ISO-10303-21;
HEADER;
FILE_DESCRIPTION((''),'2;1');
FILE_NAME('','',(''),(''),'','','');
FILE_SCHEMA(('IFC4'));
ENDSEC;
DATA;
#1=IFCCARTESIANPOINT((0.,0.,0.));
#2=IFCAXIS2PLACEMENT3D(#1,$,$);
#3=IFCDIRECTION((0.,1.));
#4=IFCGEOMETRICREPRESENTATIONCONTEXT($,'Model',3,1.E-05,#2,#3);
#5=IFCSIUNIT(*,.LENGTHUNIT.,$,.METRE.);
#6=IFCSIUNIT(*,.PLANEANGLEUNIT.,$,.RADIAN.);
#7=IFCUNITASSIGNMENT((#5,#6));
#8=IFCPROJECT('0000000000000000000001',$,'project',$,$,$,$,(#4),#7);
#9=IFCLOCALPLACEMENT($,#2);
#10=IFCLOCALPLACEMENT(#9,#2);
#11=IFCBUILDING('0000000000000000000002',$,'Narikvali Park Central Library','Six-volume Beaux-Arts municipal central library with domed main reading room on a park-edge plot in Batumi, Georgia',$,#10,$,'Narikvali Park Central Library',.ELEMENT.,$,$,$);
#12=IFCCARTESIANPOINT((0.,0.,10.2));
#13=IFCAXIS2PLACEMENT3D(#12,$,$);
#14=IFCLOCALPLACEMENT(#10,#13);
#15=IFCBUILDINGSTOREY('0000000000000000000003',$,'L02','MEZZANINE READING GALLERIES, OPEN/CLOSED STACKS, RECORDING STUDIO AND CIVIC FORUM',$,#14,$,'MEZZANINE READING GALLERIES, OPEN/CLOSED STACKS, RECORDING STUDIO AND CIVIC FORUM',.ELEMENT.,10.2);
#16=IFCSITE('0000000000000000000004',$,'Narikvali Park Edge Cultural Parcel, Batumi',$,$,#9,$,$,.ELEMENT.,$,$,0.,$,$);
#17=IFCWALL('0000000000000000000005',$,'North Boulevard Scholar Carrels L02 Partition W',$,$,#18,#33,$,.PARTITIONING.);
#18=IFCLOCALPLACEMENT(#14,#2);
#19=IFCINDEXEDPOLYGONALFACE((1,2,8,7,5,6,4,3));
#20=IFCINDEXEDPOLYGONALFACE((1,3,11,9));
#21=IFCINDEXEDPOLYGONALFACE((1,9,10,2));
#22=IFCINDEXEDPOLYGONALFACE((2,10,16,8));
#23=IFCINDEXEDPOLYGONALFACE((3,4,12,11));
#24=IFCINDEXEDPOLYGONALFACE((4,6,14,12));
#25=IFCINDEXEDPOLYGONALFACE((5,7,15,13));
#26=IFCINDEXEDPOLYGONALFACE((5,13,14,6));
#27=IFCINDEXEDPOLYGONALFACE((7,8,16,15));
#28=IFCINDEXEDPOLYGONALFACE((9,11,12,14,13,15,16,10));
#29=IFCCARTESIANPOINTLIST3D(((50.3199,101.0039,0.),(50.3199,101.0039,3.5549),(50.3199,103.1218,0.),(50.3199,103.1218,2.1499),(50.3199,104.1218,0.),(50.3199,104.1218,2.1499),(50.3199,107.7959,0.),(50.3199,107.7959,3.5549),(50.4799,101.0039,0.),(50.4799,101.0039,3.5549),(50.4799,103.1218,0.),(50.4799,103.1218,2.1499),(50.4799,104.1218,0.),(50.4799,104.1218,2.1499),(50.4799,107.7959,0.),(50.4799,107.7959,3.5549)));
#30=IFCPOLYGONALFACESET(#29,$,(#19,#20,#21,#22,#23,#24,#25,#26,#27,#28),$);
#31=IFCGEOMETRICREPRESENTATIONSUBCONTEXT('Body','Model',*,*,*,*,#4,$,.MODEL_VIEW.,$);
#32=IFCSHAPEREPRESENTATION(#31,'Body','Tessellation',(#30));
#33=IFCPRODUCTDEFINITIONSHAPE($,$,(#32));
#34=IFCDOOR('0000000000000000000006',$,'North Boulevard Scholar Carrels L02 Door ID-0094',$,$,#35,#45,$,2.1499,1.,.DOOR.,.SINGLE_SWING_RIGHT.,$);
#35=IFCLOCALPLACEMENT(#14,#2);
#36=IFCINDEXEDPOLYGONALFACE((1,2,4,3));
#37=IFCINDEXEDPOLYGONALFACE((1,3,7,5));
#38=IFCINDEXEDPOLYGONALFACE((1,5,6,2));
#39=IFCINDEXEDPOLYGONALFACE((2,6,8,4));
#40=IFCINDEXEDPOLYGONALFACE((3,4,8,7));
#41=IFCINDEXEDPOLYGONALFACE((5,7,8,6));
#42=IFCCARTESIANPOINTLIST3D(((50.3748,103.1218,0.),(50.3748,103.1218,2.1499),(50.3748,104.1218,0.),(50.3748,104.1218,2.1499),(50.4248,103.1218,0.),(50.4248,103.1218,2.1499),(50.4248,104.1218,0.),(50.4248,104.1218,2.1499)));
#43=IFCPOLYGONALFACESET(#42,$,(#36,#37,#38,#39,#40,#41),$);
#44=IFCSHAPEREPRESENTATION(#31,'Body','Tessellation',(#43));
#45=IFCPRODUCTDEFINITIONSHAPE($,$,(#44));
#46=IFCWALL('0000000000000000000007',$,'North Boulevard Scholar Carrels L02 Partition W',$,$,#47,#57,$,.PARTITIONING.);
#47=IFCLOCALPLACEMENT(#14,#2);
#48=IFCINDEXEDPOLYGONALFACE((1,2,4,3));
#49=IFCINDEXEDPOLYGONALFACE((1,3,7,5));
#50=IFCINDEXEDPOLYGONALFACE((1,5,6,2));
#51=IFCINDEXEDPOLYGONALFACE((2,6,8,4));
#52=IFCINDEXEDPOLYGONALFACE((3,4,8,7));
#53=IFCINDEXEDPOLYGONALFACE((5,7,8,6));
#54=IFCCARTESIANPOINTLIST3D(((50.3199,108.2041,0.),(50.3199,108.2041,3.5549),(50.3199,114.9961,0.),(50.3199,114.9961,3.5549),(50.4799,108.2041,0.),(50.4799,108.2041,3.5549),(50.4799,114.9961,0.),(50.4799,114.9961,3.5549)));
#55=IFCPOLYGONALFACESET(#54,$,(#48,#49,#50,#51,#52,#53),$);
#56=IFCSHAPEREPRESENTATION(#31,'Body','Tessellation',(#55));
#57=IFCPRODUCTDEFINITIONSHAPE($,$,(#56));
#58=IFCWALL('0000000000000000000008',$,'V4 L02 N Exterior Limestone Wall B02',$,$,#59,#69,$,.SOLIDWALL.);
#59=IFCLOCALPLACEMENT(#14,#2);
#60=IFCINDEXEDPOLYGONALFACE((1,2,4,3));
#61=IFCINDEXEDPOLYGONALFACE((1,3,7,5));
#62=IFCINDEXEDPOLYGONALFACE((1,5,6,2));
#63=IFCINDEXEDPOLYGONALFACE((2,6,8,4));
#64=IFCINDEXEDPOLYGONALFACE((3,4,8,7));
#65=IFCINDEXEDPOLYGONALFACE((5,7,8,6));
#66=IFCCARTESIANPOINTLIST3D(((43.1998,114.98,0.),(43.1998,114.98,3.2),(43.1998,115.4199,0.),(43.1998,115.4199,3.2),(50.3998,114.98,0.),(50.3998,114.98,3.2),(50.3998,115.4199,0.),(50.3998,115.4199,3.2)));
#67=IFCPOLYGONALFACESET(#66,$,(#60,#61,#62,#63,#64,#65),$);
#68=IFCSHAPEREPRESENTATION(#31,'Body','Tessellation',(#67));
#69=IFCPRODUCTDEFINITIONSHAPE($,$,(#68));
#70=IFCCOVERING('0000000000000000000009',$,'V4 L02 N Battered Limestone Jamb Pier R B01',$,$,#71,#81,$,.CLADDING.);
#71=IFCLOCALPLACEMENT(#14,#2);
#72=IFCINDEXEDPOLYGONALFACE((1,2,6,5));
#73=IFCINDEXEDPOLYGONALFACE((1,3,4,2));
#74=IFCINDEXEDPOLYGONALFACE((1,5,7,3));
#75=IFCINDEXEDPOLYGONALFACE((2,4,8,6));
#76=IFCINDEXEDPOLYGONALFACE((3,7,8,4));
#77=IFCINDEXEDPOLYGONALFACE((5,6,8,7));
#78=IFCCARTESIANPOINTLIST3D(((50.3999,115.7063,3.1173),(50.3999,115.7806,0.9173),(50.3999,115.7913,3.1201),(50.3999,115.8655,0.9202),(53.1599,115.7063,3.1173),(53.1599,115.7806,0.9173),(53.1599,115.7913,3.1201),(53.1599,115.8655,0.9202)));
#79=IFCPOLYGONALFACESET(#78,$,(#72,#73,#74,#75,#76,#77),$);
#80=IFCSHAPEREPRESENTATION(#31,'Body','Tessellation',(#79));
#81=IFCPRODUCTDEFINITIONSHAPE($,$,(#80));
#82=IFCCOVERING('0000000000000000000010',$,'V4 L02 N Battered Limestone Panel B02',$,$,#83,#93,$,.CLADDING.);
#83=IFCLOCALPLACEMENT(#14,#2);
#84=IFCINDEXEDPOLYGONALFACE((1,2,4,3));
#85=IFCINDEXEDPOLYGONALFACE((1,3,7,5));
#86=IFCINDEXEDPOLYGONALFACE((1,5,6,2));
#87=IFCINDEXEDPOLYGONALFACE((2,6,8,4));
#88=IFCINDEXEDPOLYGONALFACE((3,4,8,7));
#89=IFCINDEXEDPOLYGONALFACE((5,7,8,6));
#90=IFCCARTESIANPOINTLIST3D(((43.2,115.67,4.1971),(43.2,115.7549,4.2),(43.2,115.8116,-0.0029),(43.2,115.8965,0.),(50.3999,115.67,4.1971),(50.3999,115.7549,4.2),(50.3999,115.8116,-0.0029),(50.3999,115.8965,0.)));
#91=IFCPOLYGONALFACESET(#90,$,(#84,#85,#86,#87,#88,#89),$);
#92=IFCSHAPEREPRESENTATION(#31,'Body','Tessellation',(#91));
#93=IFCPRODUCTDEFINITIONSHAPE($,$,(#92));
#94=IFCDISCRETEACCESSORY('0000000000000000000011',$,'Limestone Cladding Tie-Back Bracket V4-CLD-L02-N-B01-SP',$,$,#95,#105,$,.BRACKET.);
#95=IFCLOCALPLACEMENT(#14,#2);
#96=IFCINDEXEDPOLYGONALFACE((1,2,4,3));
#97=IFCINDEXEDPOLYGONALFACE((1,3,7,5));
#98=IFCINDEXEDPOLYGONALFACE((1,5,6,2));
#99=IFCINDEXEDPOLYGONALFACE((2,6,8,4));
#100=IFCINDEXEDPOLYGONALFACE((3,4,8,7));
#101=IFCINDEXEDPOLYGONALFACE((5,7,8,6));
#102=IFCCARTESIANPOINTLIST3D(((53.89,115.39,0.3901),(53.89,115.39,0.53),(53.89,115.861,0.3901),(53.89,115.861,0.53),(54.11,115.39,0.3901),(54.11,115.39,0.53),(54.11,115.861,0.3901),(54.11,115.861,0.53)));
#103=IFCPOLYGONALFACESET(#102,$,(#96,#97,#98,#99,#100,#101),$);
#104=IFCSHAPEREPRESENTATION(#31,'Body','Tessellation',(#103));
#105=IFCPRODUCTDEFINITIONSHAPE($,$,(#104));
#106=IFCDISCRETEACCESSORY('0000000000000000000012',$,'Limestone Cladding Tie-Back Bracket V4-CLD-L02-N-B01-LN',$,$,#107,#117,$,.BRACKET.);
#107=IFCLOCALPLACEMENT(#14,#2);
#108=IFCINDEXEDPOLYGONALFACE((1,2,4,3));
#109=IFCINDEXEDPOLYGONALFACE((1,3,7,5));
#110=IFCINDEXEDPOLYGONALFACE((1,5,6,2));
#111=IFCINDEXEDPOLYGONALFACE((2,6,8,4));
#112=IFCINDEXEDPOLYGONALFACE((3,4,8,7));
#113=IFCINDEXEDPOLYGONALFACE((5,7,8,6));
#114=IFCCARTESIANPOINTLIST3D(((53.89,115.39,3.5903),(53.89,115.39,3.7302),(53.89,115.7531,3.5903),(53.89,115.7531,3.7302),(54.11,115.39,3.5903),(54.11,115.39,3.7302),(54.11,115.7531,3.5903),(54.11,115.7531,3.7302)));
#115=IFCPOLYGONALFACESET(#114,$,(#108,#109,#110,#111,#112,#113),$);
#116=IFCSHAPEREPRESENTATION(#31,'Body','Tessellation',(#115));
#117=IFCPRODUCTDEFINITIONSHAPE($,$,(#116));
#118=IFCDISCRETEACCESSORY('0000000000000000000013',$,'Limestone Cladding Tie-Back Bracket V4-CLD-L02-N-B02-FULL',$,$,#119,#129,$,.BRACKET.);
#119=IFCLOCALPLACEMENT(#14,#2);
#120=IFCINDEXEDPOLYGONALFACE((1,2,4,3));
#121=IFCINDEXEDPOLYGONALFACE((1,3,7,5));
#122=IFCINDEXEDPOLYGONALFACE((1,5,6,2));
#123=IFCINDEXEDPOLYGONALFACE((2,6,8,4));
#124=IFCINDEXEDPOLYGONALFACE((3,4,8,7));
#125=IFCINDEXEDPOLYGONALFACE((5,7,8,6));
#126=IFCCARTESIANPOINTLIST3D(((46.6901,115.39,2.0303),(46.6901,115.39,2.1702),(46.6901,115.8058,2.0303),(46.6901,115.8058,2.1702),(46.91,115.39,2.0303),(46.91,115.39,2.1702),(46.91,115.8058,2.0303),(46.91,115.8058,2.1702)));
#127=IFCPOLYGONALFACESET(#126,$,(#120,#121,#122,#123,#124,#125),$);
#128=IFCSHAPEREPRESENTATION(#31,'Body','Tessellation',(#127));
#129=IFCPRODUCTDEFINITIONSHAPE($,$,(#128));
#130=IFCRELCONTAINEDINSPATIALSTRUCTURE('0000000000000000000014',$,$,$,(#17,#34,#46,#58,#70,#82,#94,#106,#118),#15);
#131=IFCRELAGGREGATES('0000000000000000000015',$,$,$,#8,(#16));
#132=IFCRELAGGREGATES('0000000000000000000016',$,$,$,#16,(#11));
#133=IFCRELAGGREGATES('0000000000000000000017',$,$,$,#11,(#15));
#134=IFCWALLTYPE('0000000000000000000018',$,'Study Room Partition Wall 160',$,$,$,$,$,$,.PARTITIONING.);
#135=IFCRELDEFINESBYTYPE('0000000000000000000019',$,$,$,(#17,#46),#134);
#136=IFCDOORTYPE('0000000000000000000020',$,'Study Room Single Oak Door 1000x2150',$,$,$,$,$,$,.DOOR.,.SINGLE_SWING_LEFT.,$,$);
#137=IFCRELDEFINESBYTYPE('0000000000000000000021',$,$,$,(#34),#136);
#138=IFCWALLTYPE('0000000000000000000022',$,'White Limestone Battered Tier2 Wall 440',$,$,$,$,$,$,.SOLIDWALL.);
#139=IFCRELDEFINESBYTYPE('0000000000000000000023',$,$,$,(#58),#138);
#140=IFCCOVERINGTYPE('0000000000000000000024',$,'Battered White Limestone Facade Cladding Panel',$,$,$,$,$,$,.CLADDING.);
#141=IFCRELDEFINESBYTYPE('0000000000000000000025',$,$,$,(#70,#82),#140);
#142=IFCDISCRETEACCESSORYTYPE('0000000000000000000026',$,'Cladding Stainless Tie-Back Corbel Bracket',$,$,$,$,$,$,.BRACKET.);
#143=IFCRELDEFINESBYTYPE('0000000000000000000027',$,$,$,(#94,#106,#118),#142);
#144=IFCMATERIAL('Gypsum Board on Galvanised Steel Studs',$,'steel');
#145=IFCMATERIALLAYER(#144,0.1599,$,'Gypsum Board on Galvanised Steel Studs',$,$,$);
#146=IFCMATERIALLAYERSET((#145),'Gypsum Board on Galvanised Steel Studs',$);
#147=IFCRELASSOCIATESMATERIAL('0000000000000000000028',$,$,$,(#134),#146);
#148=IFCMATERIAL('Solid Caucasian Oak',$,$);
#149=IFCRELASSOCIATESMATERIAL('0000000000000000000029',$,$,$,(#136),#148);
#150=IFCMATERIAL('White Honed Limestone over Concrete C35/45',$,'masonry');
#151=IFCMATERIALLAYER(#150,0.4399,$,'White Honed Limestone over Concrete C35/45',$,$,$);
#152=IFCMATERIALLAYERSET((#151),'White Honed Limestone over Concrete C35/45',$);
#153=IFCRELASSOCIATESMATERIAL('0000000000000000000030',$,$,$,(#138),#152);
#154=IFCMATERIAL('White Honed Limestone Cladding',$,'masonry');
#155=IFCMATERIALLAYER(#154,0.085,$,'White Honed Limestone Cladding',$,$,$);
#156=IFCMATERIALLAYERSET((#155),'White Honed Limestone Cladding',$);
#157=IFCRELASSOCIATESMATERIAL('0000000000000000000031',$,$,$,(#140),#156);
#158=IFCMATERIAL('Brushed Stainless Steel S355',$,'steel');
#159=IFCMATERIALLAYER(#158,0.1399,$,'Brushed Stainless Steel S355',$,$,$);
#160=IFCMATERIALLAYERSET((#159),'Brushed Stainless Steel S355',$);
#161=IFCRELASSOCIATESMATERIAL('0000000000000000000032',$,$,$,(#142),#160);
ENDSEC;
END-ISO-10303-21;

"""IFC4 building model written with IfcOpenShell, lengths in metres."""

from ifc_helpers import new_model, si_unit, direction, frame, frame_2d, origin, origin_2d, place, context, subcontext, project, spatial, polyline, rectangle, outline, extrude, material, layer, layer_set, type_object, element, fill, save


model = new_model("IFC4")

# Units and contexts
model_context = context("Model", 3, precision=1e-05, world=origin(), true_north=direction((0.0, 1.0)))
body_context = subcontext(model_context, "Body", "Model", "MODEL_VIEW")
ifc_project = project(units=[si_unit("LENGTHUNIT", "METRE"), si_unit("PLANEANGLEUNIT", "RADIAN")], contexts=[model_context])

# Site, building, storey
site_placement = place(None, origin())
site = spatial("IfcSite", under=ifc_project, at=site_placement, Name="Narikvali Park Edge Cultural Parcel, Batumi", CompositionType="ELEMENT", RefElevation=0.0)
building_placement = place(site_placement, origin())
building = spatial("IfcBuilding", under=site, at=building_placement, Name="Narikvali Park Central Library", Description="Six-volume Beaux-Arts municipal central library with domed main reading room on a park-edge plot in Batumi, Georgia", LongName="Narikvali Park Central Library", CompositionType="ELEMENT")
storey_placement = place(building_placement, frame((0.0, 0.0, 10.2)))
storey = spatial("IfcBuildingStorey", under=building, at=storey_placement, Name="L02", Description="MEZZANINE READING GALLERIES, OPEN/CLOSED STACKS, RECORDING STUDIO AND CIVIC FORUM", LongName="MEZZANINE READING GALLERIES, OPEN/CLOSED STACKS, RECORDING STUDIO AND CIVIC FORUM", CompositionType="ELEMENT", Elevation=10.2)

# Wall, opening, door
ifc_material_1 = material(Name="Gypsum Board on Galvanised Steel Studs", Category="steel")
ifc_layer_1 = layer(ifc_material_1, 0.1599, Name="Gypsum Board on Galvanised Steel Studs")
ifc_layer_set_1 = layer_set([ifc_layer_1], Name="Gypsum Board on Galvanised Steel Studs")
wall_type_1 = type_object("IfcWallType", Name="Study Room Partition Wall 160", PredefinedType="PARTITIONING", material=ifc_layer_set_1)
wall_1_placement = place(storey_placement, frame((50.3999, 101.0039, 0.0), z_axis=(0.0, 0.0, 1.0), x_axis=(0.0, 1.0, 0.0)))
wall_1 = element("IfcWall", 1, at=wall_1_placement, inside=storey, type_object=wall_type_1, Name="North Boulevard Scholar Carrels L02 Partition W", PredefinedType="PARTITIONING", context=body_context, shape_type="SweptSolid", body=[
    extrude(rectangle(XDim=6.792, YDim=0.1599, at=frame_2d((3.396, 0.0))), origin(), (0.0, 0.0, 1.0), 3.5549),
])
opening_placement = place(wall_1_placement, frame((2.1179, 0.0, 0.0)))
opening = element("IfcOpeningElement", 2, at=opening_placement, cuts=wall_1, PredefinedType="OPENING", context=body_context, shape_type="SweptSolid", body=[
    extrude(rectangle(XDim=1.0, YDim=2.1499, at=frame_2d((0.5, 1.075))), frame((0.0, 0.0918, 0.0), z_axis=(0.0, -1.0, 0.0), x_axis=(1.0, 0.0, 0.0)), (0.0, 0.0, 1.0), 0.1838),
])
ifc_material_2 = material(Name="Solid Caucasian Oak")
door_type = type_object("IfcDoorType", Name="Study Room Single Oak Door 1000x2150", OperationType="SINGLE_SWING_LEFT", PredefinedType="DOOR", material=ifc_material_2)
door_placement = place(opening_placement, frame((1.0, 0.0, 0.0), z_axis=(0.0, 0.0, 1.0), x_axis=(-1.0, 0.0, 0.0)))
door = element("IfcDoor", 3, at=door_placement, inside=storey, type_object=door_type, Name="North Boulevard Scholar Carrels L02 Door ID-0094", OperationType="SINGLE_SWING_RIGHT", OverallHeight=2.1499, OverallWidth=1.0, PredefinedType="DOOR", context=body_context, shape_type="SweptSolid", body=[
    extrude(rectangle(XDim=1.0, YDim=2.1499, at=frame_2d((0.5, 1.075))), frame((0.0, 0.0249, 0.0), z_axis=(0.0, -1.0, 0.0), x_axis=(1.0, 0.0, 0.0)), (0.0, 0.0, 1.0), 0.05),
])
fill(opening, door)

# Walls
wall_2_placement = place(storey_placement, frame((50.3999, 108.2041, 0.0), z_axis=(0.0, 0.0, 1.0), x_axis=(0.0, 1.0, 0.0)))
element("IfcWall", 4, at=wall_2_placement, inside=storey, type_object=wall_type_1, Name="North Boulevard Scholar Carrels L02 Partition W", PredefinedType="PARTITIONING", context=body_context, shape_type="SweptSolid", body=[
    extrude(rectangle(XDim=6.792, YDim=0.1599, at=frame_2d((3.396, 0.0))), origin(), (0.0, 0.0, 1.0), 3.5549),
])
ifc_material_3 = material(Name="White Honed Limestone over Concrete C35/45", Category="masonry")
ifc_layer_2 = layer(ifc_material_3, 0.4399, Name="White Honed Limestone over Concrete C35/45")
ifc_layer_set_2 = layer_set([ifc_layer_2], Name="White Honed Limestone over Concrete C35/45")
wall_type_2 = type_object("IfcWallType", Name="White Limestone Battered Tier2 Wall 440", PredefinedType="SOLIDWALL", material=ifc_layer_set_2)
wall_3_placement = place(storey_placement, frame((50.3999, 115.2, 0.0), z_axis=(0.0, 0.0, 1.0), x_axis=(-1.0, 0.0, 0.0)))
element("IfcWall", 5, at=wall_3_placement, inside=storey, type_object=wall_type_2, Name="V4 L02 N Exterior Limestone Wall B02", PredefinedType="SOLIDWALL", context=body_context, shape_type="SweptSolid", body=[
    extrude(rectangle(XDim=7.2, YDim=0.4399, at=frame_2d((3.6001, 0.0))), origin(), (0.0, 0.0, 1.0), 3.2),
])

# Coverings
ifc_material_4 = material(Name="White Honed Limestone Cladding", Category="masonry")
ifc_layer_3 = layer(ifc_material_4, 0.085, Name="White Honed Limestone Cladding")
ifc_layer_set_3 = layer_set([ifc_layer_3], Name="White Honed Limestone Cladding")
covering_type = type_object("IfcCoveringType", Name="Battered White Limestone Facade Cladding Panel", PredefinedType="CLADDING", material=ifc_layer_set_3)
covering_1_placement = place(storey_placement, frame((53.1599, 115.8655, 0.9202), z_axis=(0.0, 0.999431, 0.033717), x_axis=(-1.0, 0.0, 0.0)))
element("IfcCovering", 6, at=covering_1_placement, inside=storey, type_object=covering_type, Name="V4 L02 N Battered Limestone Jamb Pier R B01", PredefinedType="CLADDING", context=body_context, shape_type="SweptSolid", body=[
    extrude(outline(polyline([(0.0, 0.0), (2.76, 0.0), (2.76, 2.2012), (0.0, 2.2012), (0.0, 0.0)])), origin(), (0.0, 0.0, -1.0), 0.085),
])
covering_2_placement = place(storey_placement, frame((50.3999, 115.8965, 0.0), z_axis=(0.0, 0.999432, 0.033696), x_axis=(-1.0, 0.0, 0.0)))
element("IfcCovering", 7, at=covering_2_placement, inside=storey, type_object=covering_type, Name="V4 L02 N Battered Limestone Panel B02", PredefinedType="CLADDING", context=body_context, shape_type="SweptSolid", body=[
    extrude(outline(polyline([(0.0, 0.0), (7.2, 0.0), (7.2, 4.2023), (0.0, 4.2023), (0.0, 0.0)])), origin(), (0.0, 0.0, -1.0), 0.085),
])

# Discrete accessories
ifc_material_5 = material(Name="Brushed Stainless Steel S355", Category="steel")
ifc_layer_4 = layer(ifc_material_5, 0.1399, Name="Brushed Stainless Steel S355")
ifc_layer_set_4 = layer_set([ifc_layer_4], Name="Brushed Stainless Steel S355")
discrete_accessory_type = type_object("IfcDiscreteAccessoryType", Name="Cladding Stainless Tie-Back Corbel Bracket", PredefinedType="BRACKET", material=ifc_layer_set_4)
discrete_accessory_1_placement = place(storey_placement, frame((54.0, 115.6255, 0.3901), z_axis=(0.0, 0.0, 1.0), x_axis=(1.0, 0.0, 0.0)))
element("IfcDiscreteAccessory", 8, at=discrete_accessory_1_placement, inside=storey, type_object=discrete_accessory_type, Name="Limestone Cladding Tie-Back Bracket V4-CLD-L02-N-B01-SP", PredefinedType="BRACKET", context=body_context, shape_type="SweptSolid", body=[
    extrude(rectangle(XDim=0.22, YDim=0.4709, at=origin_2d()), origin(), (0.0, 0.0, 1.0), 0.1399),
])
discrete_accessory_2_placement = place(storey_placement, frame((54.0, 115.5715, 3.5903), z_axis=(0.0, 0.0, 1.0), x_axis=(1.0, 0.0, 0.0)))
element("IfcDiscreteAccessory", 9, at=discrete_accessory_2_placement, inside=storey, type_object=discrete_accessory_type, Name="Limestone Cladding Tie-Back Bracket V4-CLD-L02-N-B01-LN", PredefinedType="BRACKET", context=body_context, shape_type="SweptSolid", body=[
    extrude(rectangle(XDim=0.22, YDim=0.363, at=origin_2d()), origin(), (0.0, 0.0, 1.0), 0.1399),
])
discrete_accessory_3_placement = place(storey_placement, frame((46.8, 115.5979, 2.0303), z_axis=(0.0, 0.0, 1.0), x_axis=(1.0, 0.0, 0.0)))
element("IfcDiscreteAccessory", 10, at=discrete_accessory_3_placement, inside=storey, type_object=discrete_accessory_type, Name="Limestone Cladding Tie-Back Bracket V4-CLD-L02-N-B02-FULL", PredefinedType="BRACKET", context=body_context, shape_type="SweptSolid", body=[
    extrude(rectangle(XDim=0.22, YDim=0.4158, at=origin_2d()), origin(), (0.0, 0.0, 1.0), 0.1399),
])

save(model, "model.ifc")
